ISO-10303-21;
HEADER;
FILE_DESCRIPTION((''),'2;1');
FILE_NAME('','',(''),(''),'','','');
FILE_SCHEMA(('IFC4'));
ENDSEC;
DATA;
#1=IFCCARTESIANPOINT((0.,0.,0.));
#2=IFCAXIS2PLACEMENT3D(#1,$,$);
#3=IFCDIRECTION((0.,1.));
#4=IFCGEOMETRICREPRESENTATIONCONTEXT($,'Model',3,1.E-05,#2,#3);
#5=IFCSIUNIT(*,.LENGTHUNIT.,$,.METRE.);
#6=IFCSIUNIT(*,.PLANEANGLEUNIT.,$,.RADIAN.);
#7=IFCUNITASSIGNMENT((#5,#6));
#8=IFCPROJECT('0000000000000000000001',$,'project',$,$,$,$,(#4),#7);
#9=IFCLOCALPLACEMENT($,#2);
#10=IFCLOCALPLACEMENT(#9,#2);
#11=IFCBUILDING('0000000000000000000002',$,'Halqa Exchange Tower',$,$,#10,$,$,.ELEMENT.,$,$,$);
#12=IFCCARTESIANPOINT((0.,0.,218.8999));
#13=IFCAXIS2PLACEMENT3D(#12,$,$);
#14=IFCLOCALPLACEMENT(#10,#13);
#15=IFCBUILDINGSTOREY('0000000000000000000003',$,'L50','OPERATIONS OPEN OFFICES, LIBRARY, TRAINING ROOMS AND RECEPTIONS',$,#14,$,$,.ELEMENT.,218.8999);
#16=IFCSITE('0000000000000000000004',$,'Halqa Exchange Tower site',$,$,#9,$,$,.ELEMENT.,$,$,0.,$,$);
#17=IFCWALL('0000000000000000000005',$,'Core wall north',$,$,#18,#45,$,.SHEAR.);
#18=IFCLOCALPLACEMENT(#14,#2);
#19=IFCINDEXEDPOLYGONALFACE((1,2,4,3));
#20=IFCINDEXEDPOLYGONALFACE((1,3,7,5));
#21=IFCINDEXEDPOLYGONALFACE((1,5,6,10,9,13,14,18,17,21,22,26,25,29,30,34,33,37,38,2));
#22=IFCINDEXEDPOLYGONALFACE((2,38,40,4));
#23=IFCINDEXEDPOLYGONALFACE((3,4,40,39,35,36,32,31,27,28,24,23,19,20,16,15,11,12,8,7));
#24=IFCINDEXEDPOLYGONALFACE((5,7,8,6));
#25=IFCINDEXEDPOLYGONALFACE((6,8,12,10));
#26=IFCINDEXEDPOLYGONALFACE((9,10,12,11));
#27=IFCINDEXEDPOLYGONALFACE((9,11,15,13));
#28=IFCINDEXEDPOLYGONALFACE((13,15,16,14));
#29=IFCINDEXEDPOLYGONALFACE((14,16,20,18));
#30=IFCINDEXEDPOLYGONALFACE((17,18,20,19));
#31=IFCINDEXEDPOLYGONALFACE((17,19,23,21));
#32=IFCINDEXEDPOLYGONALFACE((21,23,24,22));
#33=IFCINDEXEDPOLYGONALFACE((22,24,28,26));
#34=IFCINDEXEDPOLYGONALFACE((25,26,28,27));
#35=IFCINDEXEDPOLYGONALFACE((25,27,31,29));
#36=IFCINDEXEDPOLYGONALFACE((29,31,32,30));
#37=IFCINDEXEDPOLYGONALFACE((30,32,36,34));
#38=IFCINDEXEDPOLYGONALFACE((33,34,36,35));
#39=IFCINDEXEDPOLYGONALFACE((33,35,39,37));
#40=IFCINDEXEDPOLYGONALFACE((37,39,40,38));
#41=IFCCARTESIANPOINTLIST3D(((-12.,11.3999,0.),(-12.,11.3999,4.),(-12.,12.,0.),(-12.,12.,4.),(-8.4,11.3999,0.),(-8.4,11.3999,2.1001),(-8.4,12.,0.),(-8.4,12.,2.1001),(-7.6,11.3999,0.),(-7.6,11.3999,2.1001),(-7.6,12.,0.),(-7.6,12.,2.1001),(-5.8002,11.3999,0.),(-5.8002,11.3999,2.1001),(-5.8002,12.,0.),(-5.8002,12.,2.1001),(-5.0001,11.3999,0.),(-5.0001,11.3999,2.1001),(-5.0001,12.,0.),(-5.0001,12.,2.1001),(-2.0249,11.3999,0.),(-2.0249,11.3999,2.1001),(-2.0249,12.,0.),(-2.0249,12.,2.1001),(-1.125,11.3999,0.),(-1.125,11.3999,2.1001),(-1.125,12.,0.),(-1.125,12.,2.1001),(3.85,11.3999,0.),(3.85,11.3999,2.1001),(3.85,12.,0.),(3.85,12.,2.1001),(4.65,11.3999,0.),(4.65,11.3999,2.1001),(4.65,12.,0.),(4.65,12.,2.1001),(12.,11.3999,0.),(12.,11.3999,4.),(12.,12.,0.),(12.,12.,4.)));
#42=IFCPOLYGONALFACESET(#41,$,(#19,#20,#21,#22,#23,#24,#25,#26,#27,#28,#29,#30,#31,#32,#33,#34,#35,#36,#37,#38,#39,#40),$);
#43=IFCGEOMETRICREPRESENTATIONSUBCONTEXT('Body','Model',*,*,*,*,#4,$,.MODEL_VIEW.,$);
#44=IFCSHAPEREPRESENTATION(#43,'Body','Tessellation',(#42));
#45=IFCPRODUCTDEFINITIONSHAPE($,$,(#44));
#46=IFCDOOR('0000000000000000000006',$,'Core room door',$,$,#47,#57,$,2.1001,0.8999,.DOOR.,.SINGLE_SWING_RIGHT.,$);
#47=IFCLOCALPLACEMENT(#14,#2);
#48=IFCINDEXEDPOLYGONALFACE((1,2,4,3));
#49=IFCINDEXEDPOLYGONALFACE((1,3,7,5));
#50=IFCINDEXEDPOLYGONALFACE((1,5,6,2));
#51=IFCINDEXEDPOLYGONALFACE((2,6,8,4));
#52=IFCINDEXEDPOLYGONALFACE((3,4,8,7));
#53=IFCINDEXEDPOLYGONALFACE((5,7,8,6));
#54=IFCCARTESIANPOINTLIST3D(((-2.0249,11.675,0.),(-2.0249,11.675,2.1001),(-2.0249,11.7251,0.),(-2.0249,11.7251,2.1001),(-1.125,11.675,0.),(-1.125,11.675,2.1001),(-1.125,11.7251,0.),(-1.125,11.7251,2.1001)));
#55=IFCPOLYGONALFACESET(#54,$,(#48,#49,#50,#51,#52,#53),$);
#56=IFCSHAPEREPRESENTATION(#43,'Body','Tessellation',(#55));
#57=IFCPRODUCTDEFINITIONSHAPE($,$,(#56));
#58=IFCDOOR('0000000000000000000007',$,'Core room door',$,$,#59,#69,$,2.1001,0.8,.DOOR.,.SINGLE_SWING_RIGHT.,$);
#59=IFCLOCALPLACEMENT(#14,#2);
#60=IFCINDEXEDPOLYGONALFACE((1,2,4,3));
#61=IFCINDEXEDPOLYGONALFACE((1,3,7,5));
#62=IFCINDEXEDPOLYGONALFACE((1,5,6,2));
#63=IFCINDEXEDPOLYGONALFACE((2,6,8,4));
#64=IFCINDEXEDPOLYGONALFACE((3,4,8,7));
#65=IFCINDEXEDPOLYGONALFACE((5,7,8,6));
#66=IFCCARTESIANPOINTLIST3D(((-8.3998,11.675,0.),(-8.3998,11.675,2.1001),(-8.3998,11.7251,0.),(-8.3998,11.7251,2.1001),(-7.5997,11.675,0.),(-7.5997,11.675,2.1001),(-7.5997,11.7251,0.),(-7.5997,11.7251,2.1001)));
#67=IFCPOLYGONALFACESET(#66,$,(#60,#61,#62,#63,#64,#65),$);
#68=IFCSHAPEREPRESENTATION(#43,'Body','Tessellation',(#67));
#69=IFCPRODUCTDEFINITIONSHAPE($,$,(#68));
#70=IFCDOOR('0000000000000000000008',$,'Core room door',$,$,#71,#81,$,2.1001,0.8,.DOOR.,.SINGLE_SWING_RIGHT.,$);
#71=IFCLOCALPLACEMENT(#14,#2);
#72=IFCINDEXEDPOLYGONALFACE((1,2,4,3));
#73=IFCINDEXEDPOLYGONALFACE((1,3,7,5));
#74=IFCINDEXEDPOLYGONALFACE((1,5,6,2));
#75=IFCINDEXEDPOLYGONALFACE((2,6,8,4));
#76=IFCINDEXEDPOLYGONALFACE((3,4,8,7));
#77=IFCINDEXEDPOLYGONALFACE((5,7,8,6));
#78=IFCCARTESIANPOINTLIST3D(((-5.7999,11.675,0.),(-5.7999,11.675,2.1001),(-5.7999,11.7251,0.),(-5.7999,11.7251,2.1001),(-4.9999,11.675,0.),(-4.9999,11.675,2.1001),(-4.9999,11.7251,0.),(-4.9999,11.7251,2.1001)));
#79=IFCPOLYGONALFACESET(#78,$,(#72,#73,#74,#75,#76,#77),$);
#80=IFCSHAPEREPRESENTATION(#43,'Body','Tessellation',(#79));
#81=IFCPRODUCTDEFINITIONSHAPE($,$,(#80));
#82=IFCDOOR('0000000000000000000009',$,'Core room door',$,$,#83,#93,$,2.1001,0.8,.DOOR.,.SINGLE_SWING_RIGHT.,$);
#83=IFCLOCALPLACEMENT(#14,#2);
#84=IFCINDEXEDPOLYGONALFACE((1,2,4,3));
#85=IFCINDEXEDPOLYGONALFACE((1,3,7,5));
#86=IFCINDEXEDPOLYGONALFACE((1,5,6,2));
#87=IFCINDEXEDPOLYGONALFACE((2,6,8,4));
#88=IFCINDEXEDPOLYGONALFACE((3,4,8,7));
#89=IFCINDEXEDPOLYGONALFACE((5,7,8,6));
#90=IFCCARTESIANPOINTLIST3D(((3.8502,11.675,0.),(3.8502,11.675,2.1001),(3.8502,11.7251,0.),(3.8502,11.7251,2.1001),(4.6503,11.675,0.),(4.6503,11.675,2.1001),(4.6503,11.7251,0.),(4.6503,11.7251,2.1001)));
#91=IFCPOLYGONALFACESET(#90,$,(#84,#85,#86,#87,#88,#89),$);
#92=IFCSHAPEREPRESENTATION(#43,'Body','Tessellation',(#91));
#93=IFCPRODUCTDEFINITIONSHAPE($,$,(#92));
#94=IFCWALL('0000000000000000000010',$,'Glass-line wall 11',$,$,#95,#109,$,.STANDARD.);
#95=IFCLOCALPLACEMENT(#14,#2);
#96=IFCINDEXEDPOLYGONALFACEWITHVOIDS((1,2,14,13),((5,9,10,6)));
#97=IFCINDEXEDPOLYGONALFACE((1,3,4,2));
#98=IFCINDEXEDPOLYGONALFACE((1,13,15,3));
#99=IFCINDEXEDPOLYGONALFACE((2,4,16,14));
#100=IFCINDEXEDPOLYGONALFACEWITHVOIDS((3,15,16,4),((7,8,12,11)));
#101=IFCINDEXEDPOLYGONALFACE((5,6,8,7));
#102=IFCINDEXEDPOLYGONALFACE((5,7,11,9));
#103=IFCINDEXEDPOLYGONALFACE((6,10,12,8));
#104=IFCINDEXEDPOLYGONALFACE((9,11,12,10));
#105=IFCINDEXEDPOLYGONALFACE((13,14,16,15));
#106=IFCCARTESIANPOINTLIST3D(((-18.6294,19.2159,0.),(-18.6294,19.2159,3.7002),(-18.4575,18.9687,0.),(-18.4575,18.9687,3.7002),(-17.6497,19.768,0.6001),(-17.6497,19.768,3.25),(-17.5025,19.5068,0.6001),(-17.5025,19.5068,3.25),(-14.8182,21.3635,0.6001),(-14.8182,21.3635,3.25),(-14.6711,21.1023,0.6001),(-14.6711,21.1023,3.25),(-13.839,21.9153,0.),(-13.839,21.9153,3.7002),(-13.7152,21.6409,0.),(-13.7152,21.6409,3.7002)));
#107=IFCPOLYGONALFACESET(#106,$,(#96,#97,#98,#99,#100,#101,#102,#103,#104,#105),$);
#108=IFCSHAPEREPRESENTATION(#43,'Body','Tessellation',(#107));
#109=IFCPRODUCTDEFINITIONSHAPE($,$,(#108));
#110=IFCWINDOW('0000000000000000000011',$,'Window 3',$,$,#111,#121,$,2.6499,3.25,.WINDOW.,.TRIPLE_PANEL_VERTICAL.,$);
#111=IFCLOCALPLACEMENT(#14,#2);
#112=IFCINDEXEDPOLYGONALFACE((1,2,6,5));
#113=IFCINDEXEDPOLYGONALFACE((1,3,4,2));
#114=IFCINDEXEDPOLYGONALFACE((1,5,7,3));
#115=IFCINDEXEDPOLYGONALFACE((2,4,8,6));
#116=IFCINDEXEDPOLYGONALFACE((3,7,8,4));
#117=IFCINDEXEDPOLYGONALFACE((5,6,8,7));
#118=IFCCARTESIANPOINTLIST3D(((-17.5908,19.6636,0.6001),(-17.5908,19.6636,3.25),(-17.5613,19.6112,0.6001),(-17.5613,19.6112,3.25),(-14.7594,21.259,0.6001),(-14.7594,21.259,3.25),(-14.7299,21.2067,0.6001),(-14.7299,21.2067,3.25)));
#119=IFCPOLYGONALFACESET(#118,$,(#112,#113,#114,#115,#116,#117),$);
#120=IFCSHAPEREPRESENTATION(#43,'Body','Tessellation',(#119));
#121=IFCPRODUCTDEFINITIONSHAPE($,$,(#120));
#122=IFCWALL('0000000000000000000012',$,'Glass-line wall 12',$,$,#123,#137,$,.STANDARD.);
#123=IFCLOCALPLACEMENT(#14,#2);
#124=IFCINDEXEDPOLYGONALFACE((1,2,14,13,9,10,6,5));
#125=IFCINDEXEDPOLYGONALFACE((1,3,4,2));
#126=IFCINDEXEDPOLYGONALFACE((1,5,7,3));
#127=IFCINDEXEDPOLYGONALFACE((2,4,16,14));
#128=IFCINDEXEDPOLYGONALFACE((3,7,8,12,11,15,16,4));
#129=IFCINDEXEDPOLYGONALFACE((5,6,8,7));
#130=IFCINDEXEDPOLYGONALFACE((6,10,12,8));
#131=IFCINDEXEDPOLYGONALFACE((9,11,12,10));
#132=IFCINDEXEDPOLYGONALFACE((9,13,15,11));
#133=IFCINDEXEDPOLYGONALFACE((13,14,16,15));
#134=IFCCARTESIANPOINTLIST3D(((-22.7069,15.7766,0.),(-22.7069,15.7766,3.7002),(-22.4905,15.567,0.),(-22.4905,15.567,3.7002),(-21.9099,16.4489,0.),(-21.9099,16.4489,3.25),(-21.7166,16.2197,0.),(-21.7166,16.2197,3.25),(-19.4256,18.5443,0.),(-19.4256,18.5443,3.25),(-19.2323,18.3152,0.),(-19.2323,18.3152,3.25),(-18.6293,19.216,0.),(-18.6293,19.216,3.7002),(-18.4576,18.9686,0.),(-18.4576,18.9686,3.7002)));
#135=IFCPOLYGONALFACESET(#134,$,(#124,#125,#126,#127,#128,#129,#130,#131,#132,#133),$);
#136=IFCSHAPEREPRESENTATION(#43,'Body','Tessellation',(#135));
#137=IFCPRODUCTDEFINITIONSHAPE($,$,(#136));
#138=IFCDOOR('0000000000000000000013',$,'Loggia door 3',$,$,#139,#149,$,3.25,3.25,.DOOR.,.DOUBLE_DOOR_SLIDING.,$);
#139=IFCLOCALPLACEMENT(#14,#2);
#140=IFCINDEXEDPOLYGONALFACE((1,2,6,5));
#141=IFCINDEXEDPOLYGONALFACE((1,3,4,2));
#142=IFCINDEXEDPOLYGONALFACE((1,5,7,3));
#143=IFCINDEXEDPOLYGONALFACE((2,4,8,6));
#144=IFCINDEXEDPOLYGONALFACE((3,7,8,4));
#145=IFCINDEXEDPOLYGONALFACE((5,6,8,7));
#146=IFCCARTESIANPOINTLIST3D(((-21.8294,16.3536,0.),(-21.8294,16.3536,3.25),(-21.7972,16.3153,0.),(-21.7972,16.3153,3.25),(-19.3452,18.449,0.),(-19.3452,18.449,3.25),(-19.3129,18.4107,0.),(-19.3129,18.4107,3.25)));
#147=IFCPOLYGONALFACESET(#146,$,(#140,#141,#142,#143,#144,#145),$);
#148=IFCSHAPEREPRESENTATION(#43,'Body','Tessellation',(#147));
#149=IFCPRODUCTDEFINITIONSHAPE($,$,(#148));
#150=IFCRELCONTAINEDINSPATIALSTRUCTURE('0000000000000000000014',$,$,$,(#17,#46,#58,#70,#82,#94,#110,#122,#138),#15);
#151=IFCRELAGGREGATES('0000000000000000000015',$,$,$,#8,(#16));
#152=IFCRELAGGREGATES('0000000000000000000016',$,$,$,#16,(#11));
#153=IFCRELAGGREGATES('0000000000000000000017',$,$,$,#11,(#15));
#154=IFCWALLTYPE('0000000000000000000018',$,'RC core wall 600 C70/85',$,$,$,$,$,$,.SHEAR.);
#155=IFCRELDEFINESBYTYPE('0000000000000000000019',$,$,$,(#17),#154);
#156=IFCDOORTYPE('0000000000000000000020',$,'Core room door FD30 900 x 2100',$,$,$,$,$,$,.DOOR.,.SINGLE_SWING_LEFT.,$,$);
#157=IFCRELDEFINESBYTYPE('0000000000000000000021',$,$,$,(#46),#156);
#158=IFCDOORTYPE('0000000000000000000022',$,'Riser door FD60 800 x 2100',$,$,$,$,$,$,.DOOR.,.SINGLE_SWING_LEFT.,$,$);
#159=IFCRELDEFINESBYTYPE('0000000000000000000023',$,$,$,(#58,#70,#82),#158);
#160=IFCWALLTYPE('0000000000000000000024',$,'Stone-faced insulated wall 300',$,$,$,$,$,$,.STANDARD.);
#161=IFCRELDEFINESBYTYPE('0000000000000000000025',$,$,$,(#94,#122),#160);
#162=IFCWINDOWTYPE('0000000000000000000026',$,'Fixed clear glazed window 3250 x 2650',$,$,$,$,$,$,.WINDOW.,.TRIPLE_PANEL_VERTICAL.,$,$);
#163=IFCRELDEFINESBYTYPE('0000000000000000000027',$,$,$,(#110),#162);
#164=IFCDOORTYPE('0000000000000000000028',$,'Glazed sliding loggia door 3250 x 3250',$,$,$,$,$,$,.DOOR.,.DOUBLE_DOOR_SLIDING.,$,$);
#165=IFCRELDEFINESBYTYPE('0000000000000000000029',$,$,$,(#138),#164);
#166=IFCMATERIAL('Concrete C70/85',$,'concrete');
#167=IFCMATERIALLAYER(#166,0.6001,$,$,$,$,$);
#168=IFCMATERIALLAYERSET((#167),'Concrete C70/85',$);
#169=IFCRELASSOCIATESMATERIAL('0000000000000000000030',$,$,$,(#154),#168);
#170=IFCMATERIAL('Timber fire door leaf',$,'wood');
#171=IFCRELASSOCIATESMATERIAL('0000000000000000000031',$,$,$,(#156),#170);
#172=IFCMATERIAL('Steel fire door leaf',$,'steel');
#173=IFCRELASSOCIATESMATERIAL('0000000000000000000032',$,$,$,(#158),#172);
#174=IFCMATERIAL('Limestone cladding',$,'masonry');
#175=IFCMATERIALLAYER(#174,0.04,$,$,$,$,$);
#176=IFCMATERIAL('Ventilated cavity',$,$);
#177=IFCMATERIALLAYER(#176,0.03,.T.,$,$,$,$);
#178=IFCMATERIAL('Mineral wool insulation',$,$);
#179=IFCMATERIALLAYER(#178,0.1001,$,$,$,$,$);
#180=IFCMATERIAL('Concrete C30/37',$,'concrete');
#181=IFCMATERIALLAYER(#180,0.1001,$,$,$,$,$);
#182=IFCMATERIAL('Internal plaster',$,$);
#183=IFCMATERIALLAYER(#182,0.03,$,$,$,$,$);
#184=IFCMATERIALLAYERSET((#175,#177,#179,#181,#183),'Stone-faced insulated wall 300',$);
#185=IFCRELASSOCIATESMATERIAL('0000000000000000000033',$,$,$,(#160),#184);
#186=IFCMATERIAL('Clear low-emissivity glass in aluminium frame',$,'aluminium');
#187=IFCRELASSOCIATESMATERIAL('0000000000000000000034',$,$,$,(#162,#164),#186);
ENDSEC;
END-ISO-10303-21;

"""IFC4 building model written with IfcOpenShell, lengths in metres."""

from ifc_helpers import new_model, si_unit, direction, frame, frame_2d, origin, place, context, subcontext, project, spatial, polyline, rectangle, outline, extrude, material, layer, layer_set, type_object, element, fill, save


model = new_model("IFC4")

# Units and contexts
model_context = context("Model", 3, precision=1e-05, world=origin(), true_north=direction((0.0, 1.0)))
body_context = subcontext(model_context, "Body", "Model", "MODEL_VIEW")
ifc_project = project(units=[si_unit("LENGTHUNIT", "METRE"), si_unit("PLANEANGLEUNIT", "RADIAN")], contexts=[model_context])

# Site, building, storey
site_placement = place(None, origin())
site = spatial("IfcSite", under=ifc_project, at=site_placement, Name="Halqa Exchange Tower site", CompositionType="ELEMENT", RefElevation=0.0)
building_placement = place(site_placement, origin())
building = spatial("IfcBuilding", under=site, at=building_placement, Name="Halqa Exchange Tower", CompositionType="ELEMENT")
storey_placement = place(building_placement, frame((0.0, 0.0, 218.8999)))
storey = spatial("IfcBuildingStorey", under=building, at=storey_placement, Name="L50", Description="OPERATIONS OPEN OFFICES, LIBRARY, TRAINING ROOMS AND RECEPTIONS", CompositionType="ELEMENT", Elevation=218.8999)

# Wall, openings, doors
ifc_material_1 = material(Name="Steel fire door leaf", Category="steel")
ifc_material_2 = material(Name="Concrete C70/85", Category="concrete")
ifc_layer_1 = layer(ifc_material_2, 0.6001)
ifc_layer_set_1 = layer_set([ifc_layer_1], Name="Concrete C70/85")
wall_type_1 = type_object("IfcWallType", Name="RC core wall 600 C70/85", PredefinedType="SHEAR", material=ifc_layer_set_1)
wall_1_placement = place(storey_placement, frame((-12.0, 11.7, 0.0), z_axis=(0.0, 0.0, 1.0), x_axis=(1.0, 0.0, 0.0)))
wall_1 = element("IfcWall", 1, at=wall_1_placement, inside=storey, type_object=wall_type_1, Name="Core wall north", PredefinedType="SHEAR", context=body_context, shape_type="SweptSolid", body=[
    extrude(rectangle(XDim=24.0, YDim=0.6001, at=frame_2d((12.0, 0.0))), origin(), (0.0, 0.0, 1.0), 4.0),
])
opening_1_placement = place(wall_1_placement, frame((9.9751, 0.0, 0.0)))
opening_1 = element("IfcOpeningElement", 2, at=opening_1_placement, cuts=wall_1, PredefinedType="OPENING", context=body_context, shape_type="SweptSolid", body=[
    extrude(rectangle(XDim=0.8999, YDim=2.1001, at=frame_2d((0.45, 1.05))), frame((0.0, 0.312, 0.0), z_axis=(0.0, -1.0, 0.0), x_axis=(1.0, 0.0, 0.0)), (0.0, 0.0, 1.0), 0.624),
])
opening_2_placement = place(wall_1_placement, frame((3.6001, 0.0, 0.0)))
opening_2 = element("IfcOpeningElement", 3, at=opening_2_placement, cuts=wall_1, PredefinedType="OPENING", context=body_context, shape_type="SweptSolid", body=[
    extrude(rectangle(XDim=0.8, YDim=2.1001, at=frame_2d((0.3999, 1.05))), frame((0.0, 0.312, 0.0), z_axis=(0.0, -1.0, 0.0), x_axis=(1.0, 0.0, 0.0)), (0.0, 0.0, 1.0), 0.624),
])
opening_3_placement = place(wall_1_placement, frame((6.2, 0.0, 0.0)))
opening_3 = element("IfcOpeningElement", 4, at=opening_3_placement, cuts=wall_1, PredefinedType="OPENING", context=body_context, shape_type="SweptSolid", body=[
    extrude(rectangle(XDim=0.8, YDim=2.1001, at=frame_2d((0.3999, 1.05))), frame((0.0, 0.312, 0.0), z_axis=(0.0, -1.0, 0.0), x_axis=(1.0, 0.0, 0.0)), (0.0, 0.0, 1.0), 0.624),
])
opening_4_placement = place(wall_1_placement, frame((15.8501, 0.0, 0.0)))
opening_4 = element("IfcOpeningElement", 5, at=opening_4_placement, cuts=wall_1, PredefinedType="OPENING", context=body_context, shape_type="SweptSolid", body=[
    extrude(rectangle(XDim=0.8, YDim=2.1001, at=frame_2d((0.3999, 1.05))), frame((0.0, 0.312, 0.0), z_axis=(0.0, -1.0, 0.0), x_axis=(1.0, 0.0, 0.0)), (0.0, 0.0, 1.0), 0.624),
])
ifc_material_3 = material(Name="Timber fire door leaf", Category="wood")
door_type_1 = type_object("IfcDoorType", Name="Core room door FD30 900 x 2100", OperationType="SINGLE_SWING_LEFT", PredefinedType="DOOR", material=ifc_material_3)
door_1_placement = place(opening_1_placement, frame((0.8999, 0.0, 0.0), z_axis=(0.0, 0.0, 1.0), x_axis=(-1.0, 0.0, 0.0)))
door_1 = element("IfcDoor", 6, at=door_1_placement, inside=storey, type_object=door_type_1, Name="Core room door", OperationType="SINGLE_SWING_RIGHT", OverallHeight=2.1001, OverallWidth=0.8999, PredefinedType="DOOR", context=body_context, shape_type="SweptSolid", body=[
    extrude(rectangle(XDim=0.8999, YDim=2.1001, at=frame_2d((0.45, 1.05))), frame((0.0, 0.0249, 0.0), z_axis=(0.0, -1.0, 0.0), x_axis=(1.0, 0.0, 0.0)), (0.0, 0.0, 1.0), 0.05),
])
fill(opening_1, door_1)
door_type_2 = type_object("IfcDoorType", Name="Riser door FD60 800 x 2100", OperationType="SINGLE_SWING_LEFT", PredefinedType="DOOR", material=ifc_material_1)
door_2_placement = place(opening_2_placement, frame((0.8, 0.0, 0.0), z_axis=(0.0, 0.0, 1.0), x_axis=(-1.0, 0.0, 0.0)))
door_2 = element("IfcDoor", 7, at=door_2_placement, inside=storey, type_object=door_type_2, Name="Core room door", OperationType="SINGLE_SWING_RIGHT", OverallHeight=2.1001, OverallWidth=0.8, PredefinedType="DOOR", context=body_context, shape_type="SweptSolid", body=[
    extrude(rectangle(XDim=0.8, YDim=2.1001, at=frame_2d((0.3999, 1.05))), frame((0.0, 0.0249, 0.0), z_axis=(0.0, -1.0, 0.0), x_axis=(1.0, 0.0, 0.0)), (0.0, 0.0, 1.0), 0.05),
])
fill(opening_2, door_2)
door_3_placement = place(opening_3_placement, frame((0.8, 0.0, 0.0), z_axis=(0.0, 0.0, 1.0), x_axis=(-1.0, 0.0, 0.0)))
door_3 = element("IfcDoor", 8, at=door_3_placement, inside=storey, type_object=door_type_2, Name="Core room door", OperationType="SINGLE_SWING_RIGHT", OverallHeight=2.1001, OverallWidth=0.8, PredefinedType="DOOR", context=body_context, shape_type="SweptSolid", body=[
    extrude(rectangle(XDim=0.8, YDim=2.1001, at=frame_2d((0.3999, 1.05))), frame((0.0, 0.0249, 0.0), z_axis=(0.0, -1.0, 0.0), x_axis=(1.0, 0.0, 0.0)), (0.0, 0.0, 1.0), 0.05),
])
fill(opening_3, door_3)
door_4_placement = place(opening_4_placement, frame((0.8, 0.0, 0.0), z_axis=(0.0, 0.0, 1.0), x_axis=(-1.0, 0.0, 0.0)))
door_4 = element("IfcDoor", 9, at=door_4_placement, inside=storey, type_object=door_type_2, Name="Core room door", OperationType="SINGLE_SWING_RIGHT", OverallHeight=2.1001, OverallWidth=0.8, PredefinedType="DOOR", context=body_context, shape_type="SweptSolid", body=[
    extrude(rectangle(XDim=0.8, YDim=2.1001, at=frame_2d((0.3999, 1.05))), frame((0.0, 0.0249, 0.0), z_axis=(0.0, -1.0, 0.0), x_axis=(1.0, 0.0, 0.0)), (0.0, 0.0, 1.0), 0.05),
])
fill(opening_4, door_4)

# Wall, opening, window
ifc_material_4 = material(Name="Limestone cladding", Category="masonry")
ifc_layer_2 = layer(ifc_material_4, 0.04)
ifc_material_5 = material(Name="Ventilated cavity")
ifc_layer_3 = layer(ifc_material_5, 0.03, ventilated=True)
ifc_material_6 = material(Name="Mineral wool insulation")
ifc_layer_4 = layer(ifc_material_6, 0.1001)
ifc_material_7 = material(Name="Concrete C30/37", Category="concrete")
ifc_layer_5 = layer(ifc_material_7, 0.1001)
ifc_material_8 = material(Name="Internal plaster")
ifc_layer_6 = layer(ifc_material_8, 0.03)
ifc_layer_set_2 = layer_set([ifc_layer_2, ifc_layer_3, ifc_layer_4, ifc_layer_5, ifc_layer_6], Name="Stone-faced insulated wall 300")
wall_type_2 = type_object("IfcWallType", Name="Stone-faced insulated wall 300", PredefinedType="STANDARD", material=ifc_layer_set_2)
wall_2_placement = place(storey_placement, frame((-13.7771, 21.7781, 0.0), z_axis=(0.0, 0.0, 1.0), x_axis=(-0.871207, -0.490916, 0.0)))
wall_2 = element("IfcWall", 10, at=wall_2_placement, inside=storey, type_object=wall_type_2, Name="Glass-line wall 11", PredefinedType="STANDARD", context=body_context, shape_type="SweptSolid", body=[
    extrude(outline(polyline([(-0.0134, -0.1499), (5.4851, -0.1499), (5.4568, 0.1499), (0.0134, 0.1499), (-0.0134, -0.1499)])), origin(), (0.0, 0.0, 1.0), 3.7002),
])
opening_5_placement = place(wall_2_placement, frame((1.1106, 0.0, 0.6001)))
opening_5 = element("IfcOpeningElement", 11, at=opening_5_placement, cuts=wall_2, PredefinedType="OPENING", context=body_context, shape_type="SweptSolid", body=[
    extrude(rectangle(XDim=3.25, YDim=2.6499, at=frame_2d((1.625, 1.325))), frame((0.0, 0.1621, 0.0), z_axis=(0.0, -1.0, 0.0), x_axis=(1.0, 0.0, 0.0)), (0.0, 0.0, 1.0), 0.324),
])
ifc_material_9 = material(Name="Clear low-emissivity glass in aluminium frame", Category="aluminium")
window_type = type_object("IfcWindowType", Name="Fixed clear glazed window 3250 x 2650", PartitioningType="TRIPLE_PANEL_VERTICAL", PredefinedType="WINDOW", material=ifc_material_9)
window_1_placement = place(opening_5_placement, origin())
window_1 = element("IfcWindow", 12, at=window_1_placement, inside=storey, type_object=window_type, Name="Window 3", OverallHeight=2.6499, OverallWidth=3.25, PartitioningType="TRIPLE_PANEL_VERTICAL", PredefinedType="WINDOW", context=body_context, shape_type="SweptSolid", body=[
    extrude(rectangle(XDim=3.25, YDim=2.6499, at=frame_2d((1.625, 1.325))), frame((0.0, 0.03, 0.0), z_axis=(0.0, -1.0, 0.0), x_axis=(1.0, 0.0, 0.0)), (0.0, 0.0, 1.0), 0.0601),
])
fill(opening_5, window_1)

# Wall, opening, door
wall_3_placement = place(storey_placement, frame((-18.5435, 19.0923, 0.0), z_axis=(0.0, 0.0, 1.0), x_axis=(-0.764398, -0.644745, 0.0)))
wall_3 = element("IfcWall", 13, at=wall_3_placement, inside=storey, type_object=wall_type_2, Name="Glass-line wall 12", PredefinedType="STANDARD", context=body_context, shape_type="SweptSolid", body=[
    extrude(outline(polyline([(-0.0142, -0.1499), (5.3203, -0.1499), (5.29, 0.1499), (0.0142, 0.1499), (-0.0142, -0.1499)])), origin(), (0.0, 0.0, 1.0), 3.7002),
])
opening_6_placement = place(wall_3_placement, frame((1.0276, 0.0, 0.0)))
opening_6 = element("IfcOpeningElement", 14, at=opening_6_placement, cuts=wall_3, PredefinedType="OPENING", context=body_context, shape_type="SweptSolid", body=[
    extrude(rectangle(XDim=3.25, YDim=3.25, at=frame_2d((1.625, 1.625))), frame((0.0, 0.1621, 0.0), z_axis=(0.0, -1.0, 0.0), x_axis=(1.0, 0.0, 0.0)), (0.0, 0.0, 1.0), 0.324),
])
door_type_3 = type_object("IfcDoorType", Name="Glazed sliding loggia door 3250 x 3250", OperationType="DOUBLE_DOOR_SLIDING", PredefinedType="DOOR", material=ifc_material_9)
door_5_placement = place(opening_6_placement, origin())
door_5 = element("IfcDoor", 15, at=door_5_placement, inside=storey, type_object=door_type_3, Name="Loggia door 3", OperationType="DOUBLE_DOOR_SLIDING", OverallHeight=3.25, OverallWidth=3.25, PredefinedType="DOOR", context=body_context, shape_type="SweptSolid", body=[
    extrude(rectangle(XDim=3.25, YDim=3.25, at=frame_2d((1.625, 1.625))), frame((0.0, 0.0249, 0.0), z_axis=(0.0, -1.0, 0.0), x_axis=(1.0, 0.0, 0.0)), (0.0, 0.0, 1.0), 0.05),
])
fill(opening_6, door_5)

save(model, "model.ifc")
